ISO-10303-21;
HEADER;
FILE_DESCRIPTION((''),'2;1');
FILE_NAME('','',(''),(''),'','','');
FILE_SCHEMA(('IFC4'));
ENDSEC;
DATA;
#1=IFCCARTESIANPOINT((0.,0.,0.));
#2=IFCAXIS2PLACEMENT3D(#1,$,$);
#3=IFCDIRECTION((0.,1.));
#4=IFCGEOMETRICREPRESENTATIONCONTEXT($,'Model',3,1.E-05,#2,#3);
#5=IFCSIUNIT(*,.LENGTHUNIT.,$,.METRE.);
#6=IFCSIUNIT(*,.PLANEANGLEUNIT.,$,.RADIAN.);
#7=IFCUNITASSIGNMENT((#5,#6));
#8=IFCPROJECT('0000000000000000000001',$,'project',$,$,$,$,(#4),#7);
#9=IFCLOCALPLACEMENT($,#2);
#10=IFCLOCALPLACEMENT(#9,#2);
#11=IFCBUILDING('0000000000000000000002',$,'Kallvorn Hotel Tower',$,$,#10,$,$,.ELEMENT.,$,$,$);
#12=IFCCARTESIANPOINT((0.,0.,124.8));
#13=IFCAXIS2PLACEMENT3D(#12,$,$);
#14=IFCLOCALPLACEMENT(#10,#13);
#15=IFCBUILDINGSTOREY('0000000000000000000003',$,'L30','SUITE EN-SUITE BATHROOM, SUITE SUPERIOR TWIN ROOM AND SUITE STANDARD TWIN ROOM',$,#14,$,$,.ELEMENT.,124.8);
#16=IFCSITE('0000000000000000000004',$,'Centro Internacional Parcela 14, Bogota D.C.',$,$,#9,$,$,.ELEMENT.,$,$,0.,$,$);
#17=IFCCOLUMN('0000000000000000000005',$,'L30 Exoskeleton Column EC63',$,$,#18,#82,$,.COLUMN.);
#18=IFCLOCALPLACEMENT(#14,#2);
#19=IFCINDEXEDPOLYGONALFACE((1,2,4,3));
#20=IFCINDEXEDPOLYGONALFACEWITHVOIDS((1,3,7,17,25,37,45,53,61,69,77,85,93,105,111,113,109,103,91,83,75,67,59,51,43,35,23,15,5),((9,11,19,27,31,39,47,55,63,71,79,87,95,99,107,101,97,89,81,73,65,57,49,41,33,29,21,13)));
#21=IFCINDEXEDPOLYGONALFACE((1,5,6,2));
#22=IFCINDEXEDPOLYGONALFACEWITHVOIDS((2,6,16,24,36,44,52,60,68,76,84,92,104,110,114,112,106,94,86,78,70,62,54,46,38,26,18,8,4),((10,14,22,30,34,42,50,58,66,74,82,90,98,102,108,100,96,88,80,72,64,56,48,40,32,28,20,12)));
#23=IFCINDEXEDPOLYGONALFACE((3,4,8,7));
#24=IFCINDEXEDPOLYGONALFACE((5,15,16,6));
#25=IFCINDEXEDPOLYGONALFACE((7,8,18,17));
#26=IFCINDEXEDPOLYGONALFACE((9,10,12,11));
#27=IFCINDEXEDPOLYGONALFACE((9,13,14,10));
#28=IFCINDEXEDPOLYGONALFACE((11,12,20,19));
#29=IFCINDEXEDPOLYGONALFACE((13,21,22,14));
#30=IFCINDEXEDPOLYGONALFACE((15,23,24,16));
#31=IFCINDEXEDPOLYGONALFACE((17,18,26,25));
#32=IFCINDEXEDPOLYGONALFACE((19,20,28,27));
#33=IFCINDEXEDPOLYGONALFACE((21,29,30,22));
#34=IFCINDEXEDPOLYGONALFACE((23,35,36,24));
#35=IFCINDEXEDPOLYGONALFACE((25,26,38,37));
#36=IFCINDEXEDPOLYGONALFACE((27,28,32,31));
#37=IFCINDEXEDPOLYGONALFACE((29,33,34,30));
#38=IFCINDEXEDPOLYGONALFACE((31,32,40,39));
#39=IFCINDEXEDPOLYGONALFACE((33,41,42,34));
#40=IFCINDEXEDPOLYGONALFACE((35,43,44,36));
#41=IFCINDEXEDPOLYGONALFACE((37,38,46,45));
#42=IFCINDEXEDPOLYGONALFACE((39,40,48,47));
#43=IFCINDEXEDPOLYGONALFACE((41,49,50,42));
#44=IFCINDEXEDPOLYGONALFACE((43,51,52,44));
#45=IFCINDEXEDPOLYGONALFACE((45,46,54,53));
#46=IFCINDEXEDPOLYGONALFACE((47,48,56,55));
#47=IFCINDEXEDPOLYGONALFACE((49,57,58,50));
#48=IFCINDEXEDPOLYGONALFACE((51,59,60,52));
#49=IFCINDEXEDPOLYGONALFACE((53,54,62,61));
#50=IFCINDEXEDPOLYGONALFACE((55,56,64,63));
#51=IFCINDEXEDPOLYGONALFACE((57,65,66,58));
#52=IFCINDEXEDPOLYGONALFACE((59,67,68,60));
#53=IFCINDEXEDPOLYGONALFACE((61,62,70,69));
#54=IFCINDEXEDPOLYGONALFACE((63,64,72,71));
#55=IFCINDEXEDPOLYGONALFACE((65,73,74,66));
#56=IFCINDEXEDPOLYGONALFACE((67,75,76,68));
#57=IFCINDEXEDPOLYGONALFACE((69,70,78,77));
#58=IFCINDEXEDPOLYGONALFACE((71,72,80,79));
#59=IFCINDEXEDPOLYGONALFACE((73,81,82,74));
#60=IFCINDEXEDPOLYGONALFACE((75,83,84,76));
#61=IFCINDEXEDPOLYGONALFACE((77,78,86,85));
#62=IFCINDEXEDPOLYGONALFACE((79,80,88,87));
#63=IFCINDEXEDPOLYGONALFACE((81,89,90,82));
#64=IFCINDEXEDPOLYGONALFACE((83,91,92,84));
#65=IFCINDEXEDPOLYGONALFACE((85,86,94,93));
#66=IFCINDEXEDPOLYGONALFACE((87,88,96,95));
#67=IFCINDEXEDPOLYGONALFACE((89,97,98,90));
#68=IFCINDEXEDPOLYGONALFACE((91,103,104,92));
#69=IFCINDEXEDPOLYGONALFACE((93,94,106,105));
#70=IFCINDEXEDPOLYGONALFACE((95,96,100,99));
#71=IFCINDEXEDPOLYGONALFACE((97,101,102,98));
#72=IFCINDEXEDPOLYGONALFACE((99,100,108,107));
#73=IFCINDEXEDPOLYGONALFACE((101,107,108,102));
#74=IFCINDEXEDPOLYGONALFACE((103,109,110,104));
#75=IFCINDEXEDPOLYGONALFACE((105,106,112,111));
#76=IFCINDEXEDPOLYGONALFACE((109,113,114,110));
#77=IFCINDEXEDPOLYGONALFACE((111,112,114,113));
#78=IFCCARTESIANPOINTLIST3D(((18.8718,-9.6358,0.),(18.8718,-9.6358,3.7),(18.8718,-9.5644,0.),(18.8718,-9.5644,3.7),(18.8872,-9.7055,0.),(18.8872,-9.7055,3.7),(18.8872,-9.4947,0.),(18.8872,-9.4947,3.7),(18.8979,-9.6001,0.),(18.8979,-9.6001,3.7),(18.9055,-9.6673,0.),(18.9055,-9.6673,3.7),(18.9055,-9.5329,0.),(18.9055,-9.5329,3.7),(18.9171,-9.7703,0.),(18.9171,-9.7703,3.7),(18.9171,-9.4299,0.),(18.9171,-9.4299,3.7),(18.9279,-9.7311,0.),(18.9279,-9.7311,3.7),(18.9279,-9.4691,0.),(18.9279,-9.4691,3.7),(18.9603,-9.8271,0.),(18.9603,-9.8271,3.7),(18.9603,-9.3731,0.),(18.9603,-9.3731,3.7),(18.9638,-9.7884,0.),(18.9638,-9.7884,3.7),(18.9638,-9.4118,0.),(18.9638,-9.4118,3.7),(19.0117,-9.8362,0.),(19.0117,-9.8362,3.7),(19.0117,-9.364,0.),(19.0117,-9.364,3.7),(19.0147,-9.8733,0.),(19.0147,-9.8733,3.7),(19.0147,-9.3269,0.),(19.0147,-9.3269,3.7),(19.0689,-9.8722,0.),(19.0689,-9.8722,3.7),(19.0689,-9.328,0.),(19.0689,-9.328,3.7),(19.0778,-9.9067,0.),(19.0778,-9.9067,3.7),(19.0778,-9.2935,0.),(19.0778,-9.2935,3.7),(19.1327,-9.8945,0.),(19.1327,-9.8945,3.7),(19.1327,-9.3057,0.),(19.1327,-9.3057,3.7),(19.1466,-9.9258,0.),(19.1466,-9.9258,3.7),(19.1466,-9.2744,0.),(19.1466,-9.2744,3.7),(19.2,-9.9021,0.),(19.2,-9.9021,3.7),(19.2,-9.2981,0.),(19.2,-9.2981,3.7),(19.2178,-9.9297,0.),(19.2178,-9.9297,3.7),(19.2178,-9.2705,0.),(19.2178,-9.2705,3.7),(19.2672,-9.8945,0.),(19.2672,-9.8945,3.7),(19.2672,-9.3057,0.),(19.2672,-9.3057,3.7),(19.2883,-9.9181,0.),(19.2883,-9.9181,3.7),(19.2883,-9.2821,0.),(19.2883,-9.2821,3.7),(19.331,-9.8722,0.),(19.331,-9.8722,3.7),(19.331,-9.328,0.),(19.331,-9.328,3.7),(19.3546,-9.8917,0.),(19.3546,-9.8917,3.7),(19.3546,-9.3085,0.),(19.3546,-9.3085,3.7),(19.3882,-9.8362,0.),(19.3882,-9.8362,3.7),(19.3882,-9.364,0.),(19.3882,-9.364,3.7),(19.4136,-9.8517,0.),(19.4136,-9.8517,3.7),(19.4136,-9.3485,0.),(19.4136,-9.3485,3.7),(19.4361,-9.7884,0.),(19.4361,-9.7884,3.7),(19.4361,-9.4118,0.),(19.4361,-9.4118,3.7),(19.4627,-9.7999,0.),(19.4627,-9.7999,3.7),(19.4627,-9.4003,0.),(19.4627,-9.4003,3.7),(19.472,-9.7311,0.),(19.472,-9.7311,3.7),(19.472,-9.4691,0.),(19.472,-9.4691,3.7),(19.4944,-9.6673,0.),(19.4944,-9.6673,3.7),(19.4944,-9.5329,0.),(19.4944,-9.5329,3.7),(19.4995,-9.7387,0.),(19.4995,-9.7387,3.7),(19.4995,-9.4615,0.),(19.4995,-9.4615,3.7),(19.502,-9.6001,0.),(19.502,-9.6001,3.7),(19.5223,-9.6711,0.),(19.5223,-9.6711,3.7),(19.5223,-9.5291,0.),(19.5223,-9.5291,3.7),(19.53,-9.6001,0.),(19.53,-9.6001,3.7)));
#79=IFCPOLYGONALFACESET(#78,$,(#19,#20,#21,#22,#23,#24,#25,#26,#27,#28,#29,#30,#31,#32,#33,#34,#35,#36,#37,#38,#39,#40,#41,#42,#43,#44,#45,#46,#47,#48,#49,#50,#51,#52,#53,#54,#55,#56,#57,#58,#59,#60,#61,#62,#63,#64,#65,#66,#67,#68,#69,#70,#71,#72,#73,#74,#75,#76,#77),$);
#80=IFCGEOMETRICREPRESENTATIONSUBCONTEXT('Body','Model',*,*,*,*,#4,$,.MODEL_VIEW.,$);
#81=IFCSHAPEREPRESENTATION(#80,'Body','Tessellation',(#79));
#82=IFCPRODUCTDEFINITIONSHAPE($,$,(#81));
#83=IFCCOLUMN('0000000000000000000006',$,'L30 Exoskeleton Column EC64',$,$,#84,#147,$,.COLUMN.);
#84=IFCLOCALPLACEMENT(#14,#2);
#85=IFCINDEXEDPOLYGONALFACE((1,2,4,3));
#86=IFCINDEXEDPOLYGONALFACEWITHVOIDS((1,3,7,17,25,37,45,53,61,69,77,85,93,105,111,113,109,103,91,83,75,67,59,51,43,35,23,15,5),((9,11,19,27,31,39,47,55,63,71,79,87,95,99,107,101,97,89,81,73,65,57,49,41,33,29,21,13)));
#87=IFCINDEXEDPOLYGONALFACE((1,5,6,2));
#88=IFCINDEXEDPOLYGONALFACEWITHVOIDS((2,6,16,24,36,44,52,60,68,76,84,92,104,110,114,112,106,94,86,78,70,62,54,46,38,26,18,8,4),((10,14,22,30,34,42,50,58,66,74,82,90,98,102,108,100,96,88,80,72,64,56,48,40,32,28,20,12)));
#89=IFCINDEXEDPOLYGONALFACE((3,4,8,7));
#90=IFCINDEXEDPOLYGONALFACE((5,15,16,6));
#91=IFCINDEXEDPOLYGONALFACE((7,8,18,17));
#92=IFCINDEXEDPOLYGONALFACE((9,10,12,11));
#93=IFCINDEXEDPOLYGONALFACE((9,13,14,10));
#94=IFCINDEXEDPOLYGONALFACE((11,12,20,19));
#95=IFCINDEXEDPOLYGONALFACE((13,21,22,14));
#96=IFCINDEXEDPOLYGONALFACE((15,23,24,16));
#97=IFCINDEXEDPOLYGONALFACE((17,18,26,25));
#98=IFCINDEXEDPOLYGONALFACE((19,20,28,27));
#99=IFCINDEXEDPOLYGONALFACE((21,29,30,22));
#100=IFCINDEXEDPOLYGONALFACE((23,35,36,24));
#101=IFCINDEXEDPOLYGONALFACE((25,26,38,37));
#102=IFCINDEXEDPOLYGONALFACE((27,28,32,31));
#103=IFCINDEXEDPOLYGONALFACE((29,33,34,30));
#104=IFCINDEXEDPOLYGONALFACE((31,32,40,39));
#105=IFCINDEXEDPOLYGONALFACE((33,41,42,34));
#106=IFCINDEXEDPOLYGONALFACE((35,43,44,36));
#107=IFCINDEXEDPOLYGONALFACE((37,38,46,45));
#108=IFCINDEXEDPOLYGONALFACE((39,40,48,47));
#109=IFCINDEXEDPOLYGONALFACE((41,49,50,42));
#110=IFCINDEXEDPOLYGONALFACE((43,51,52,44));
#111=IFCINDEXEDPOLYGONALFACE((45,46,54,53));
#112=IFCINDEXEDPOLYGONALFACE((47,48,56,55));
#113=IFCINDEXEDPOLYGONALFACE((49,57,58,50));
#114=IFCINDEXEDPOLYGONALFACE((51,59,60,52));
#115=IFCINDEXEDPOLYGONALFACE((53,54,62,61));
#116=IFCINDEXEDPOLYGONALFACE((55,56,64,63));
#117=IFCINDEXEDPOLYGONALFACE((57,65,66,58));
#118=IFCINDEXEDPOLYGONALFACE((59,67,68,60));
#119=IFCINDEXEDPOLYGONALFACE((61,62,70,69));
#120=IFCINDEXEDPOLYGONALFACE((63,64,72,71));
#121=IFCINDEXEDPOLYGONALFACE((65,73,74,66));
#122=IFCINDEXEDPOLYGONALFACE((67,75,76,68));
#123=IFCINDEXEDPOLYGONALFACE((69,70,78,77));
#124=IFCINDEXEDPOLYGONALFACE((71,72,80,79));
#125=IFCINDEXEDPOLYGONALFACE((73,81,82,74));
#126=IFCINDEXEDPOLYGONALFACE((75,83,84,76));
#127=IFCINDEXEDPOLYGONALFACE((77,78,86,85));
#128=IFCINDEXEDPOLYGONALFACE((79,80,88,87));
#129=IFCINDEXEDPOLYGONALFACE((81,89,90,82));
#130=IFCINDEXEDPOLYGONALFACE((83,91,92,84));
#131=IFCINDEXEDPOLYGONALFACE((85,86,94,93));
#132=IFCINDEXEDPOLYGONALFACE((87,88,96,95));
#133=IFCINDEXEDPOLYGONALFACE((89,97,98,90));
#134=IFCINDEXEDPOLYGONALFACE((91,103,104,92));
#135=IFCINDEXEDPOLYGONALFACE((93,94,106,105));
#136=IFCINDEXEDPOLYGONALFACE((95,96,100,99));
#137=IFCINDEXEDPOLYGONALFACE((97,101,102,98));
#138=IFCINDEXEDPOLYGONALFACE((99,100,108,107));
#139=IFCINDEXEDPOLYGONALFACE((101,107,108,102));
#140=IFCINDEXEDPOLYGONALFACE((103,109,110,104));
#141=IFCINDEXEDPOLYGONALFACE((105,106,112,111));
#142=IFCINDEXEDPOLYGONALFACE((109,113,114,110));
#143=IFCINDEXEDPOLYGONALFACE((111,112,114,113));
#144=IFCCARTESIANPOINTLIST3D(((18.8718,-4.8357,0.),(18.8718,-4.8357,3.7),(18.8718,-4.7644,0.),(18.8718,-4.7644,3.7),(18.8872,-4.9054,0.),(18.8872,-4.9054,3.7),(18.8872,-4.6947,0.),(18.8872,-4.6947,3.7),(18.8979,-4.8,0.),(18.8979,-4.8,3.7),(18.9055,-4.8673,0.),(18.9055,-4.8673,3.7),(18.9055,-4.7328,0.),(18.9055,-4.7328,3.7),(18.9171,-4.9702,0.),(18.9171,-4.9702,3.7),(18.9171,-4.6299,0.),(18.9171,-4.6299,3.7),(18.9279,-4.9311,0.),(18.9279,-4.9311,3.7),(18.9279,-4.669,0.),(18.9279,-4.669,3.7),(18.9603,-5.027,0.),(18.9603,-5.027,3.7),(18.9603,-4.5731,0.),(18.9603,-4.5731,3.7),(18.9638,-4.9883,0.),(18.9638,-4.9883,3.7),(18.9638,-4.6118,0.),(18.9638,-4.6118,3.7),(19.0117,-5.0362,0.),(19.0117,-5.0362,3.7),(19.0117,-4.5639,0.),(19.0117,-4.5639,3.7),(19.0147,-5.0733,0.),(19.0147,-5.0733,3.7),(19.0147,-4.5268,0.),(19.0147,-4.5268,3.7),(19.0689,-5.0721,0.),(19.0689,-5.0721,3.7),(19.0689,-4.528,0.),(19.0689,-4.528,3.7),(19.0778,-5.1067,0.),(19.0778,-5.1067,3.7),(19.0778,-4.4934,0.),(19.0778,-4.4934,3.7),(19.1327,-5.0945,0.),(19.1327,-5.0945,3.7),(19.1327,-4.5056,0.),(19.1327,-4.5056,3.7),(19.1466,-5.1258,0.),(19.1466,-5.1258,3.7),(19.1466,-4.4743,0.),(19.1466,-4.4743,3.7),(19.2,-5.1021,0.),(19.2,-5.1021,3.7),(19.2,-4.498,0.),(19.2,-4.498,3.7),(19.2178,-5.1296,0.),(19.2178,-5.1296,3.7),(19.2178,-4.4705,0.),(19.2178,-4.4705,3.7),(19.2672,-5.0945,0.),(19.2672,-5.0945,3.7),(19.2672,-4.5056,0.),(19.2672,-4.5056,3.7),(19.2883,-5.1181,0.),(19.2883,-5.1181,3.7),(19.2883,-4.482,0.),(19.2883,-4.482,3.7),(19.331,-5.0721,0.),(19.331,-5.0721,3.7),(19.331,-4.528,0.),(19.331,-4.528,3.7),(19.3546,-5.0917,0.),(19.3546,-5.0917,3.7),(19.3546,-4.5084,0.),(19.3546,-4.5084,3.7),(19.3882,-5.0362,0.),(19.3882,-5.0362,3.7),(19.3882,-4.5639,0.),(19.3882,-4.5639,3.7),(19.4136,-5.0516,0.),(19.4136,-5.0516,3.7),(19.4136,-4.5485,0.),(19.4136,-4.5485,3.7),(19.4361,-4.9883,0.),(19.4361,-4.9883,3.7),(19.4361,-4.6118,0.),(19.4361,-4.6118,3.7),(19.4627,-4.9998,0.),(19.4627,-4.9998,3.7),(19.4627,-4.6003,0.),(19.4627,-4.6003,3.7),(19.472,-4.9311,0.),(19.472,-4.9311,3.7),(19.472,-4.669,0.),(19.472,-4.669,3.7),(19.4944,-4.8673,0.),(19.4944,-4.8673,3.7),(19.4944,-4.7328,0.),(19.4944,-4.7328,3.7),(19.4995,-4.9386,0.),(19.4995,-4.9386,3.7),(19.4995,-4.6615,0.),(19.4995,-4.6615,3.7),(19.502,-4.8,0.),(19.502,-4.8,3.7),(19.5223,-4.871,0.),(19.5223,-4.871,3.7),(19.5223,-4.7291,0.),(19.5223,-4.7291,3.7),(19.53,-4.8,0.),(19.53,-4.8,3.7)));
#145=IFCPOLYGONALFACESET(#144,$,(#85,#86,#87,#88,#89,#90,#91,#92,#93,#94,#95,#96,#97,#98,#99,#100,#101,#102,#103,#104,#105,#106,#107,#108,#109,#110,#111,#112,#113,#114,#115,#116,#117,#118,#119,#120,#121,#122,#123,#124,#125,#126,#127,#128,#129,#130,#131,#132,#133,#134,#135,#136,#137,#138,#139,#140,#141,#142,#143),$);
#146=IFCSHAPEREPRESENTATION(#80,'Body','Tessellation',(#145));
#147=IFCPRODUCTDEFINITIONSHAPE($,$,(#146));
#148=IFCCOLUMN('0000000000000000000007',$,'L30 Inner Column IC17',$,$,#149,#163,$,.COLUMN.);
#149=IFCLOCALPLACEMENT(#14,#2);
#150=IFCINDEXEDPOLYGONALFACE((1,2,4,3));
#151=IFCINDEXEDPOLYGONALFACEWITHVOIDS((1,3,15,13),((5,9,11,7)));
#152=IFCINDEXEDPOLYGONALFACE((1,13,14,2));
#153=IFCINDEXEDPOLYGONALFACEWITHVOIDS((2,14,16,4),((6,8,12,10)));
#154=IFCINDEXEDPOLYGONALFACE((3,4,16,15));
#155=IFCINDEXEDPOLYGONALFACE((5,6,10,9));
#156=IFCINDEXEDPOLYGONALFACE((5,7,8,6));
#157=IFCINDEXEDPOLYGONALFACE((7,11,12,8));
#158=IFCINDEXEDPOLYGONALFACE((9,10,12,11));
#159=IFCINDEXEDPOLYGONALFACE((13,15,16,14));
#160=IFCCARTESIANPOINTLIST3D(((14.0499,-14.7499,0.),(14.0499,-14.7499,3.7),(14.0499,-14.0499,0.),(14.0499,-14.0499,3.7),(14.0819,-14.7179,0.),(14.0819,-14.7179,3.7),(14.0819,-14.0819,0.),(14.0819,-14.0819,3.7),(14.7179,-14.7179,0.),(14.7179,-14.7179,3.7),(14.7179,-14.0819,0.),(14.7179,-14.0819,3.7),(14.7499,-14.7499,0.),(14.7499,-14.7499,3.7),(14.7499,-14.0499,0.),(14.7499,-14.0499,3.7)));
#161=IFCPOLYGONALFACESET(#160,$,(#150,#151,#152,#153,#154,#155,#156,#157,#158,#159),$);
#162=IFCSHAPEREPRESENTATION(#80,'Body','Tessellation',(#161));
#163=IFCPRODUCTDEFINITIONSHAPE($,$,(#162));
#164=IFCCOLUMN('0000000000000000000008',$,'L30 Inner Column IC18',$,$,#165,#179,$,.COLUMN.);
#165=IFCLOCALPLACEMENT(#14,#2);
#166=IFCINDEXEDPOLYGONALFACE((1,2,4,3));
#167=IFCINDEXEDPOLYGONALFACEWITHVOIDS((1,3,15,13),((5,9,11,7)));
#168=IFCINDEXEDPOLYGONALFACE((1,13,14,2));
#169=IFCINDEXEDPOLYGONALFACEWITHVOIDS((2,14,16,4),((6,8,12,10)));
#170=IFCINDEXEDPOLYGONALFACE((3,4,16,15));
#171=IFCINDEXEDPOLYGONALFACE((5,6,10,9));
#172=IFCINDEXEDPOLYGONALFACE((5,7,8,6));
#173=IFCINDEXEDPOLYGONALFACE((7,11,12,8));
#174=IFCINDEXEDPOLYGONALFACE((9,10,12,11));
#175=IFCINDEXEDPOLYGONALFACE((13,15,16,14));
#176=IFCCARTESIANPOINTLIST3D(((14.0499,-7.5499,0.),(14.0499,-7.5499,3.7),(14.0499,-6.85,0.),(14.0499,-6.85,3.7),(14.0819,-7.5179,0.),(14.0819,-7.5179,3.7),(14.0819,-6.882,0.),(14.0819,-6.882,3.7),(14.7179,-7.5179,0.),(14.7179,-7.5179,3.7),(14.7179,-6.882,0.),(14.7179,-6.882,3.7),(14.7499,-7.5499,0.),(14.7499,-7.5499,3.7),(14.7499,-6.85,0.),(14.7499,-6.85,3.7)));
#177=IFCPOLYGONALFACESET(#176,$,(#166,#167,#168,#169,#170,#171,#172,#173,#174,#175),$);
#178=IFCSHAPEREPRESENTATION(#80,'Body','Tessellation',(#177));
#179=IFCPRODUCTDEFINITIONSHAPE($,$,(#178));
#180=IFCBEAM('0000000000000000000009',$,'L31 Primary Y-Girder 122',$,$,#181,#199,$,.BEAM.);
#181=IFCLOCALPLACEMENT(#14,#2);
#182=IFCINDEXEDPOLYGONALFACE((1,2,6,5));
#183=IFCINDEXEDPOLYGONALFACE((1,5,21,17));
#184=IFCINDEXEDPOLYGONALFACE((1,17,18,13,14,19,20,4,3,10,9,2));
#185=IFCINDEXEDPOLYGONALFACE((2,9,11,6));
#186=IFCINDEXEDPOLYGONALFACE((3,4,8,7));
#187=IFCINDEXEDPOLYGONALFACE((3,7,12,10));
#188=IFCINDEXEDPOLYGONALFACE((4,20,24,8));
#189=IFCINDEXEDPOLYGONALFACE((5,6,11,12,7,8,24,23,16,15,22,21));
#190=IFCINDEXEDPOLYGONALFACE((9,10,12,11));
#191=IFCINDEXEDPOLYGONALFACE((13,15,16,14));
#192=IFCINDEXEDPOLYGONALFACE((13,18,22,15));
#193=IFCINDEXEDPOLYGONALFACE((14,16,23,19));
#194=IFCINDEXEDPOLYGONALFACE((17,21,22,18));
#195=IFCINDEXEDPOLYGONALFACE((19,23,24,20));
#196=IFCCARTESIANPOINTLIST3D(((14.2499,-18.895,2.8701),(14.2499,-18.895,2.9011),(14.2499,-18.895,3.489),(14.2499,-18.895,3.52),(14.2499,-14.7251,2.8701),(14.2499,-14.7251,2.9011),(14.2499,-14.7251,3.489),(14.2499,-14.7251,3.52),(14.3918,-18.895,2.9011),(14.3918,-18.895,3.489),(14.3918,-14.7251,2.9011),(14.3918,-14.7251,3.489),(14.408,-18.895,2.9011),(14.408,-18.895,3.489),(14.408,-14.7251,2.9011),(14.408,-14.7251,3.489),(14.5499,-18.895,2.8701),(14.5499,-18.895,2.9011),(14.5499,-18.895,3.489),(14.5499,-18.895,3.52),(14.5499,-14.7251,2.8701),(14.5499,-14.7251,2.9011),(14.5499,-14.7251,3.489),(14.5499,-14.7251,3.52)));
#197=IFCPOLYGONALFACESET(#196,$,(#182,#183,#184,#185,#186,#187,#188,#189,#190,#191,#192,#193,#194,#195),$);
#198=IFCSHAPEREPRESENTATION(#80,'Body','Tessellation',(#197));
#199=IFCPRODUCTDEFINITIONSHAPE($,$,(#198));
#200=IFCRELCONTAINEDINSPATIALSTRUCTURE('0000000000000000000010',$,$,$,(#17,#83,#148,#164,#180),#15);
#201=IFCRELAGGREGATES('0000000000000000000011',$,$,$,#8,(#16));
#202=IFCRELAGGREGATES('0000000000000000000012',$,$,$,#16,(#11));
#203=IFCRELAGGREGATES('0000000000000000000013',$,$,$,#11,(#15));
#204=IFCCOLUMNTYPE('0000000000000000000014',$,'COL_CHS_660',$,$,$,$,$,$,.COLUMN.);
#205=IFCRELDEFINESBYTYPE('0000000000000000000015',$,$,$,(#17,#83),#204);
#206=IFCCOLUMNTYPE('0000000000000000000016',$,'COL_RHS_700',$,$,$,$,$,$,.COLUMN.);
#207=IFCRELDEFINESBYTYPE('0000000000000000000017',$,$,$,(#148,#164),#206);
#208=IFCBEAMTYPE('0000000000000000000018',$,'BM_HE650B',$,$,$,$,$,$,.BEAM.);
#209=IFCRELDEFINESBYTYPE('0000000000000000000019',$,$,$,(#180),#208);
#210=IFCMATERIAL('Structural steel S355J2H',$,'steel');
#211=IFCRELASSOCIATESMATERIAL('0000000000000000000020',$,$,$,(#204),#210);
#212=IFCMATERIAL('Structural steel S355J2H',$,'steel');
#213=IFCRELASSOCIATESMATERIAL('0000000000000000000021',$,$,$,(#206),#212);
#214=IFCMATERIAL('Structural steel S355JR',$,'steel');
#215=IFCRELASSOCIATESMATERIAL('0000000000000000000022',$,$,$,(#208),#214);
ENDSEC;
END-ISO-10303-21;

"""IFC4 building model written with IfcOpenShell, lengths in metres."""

from ifc_helpers import new_model, si_unit, direction, frame, origin, origin_2d, place, context, subcontext, project, spatial, hollow_rectangle, hollow_circle, i_section, extrude, material, material_profile, profile_set, type_object, element, save


model = new_model("IFC4")

# Units and contexts
model_context = context("Model", 3, precision=1e-05, world=origin(), true_north=direction((0.0, 1.0)))
body_context = subcontext(model_context, "Body", "Model", "MODEL_VIEW")
ifc_project = project(units=[si_unit("LENGTHUNIT", "METRE"), si_unit("PLANEANGLEUNIT", "RADIAN")], contexts=[model_context])

# Site, building, storey
site_placement = place(None, origin())
site = spatial("IfcSite", under=ifc_project, at=site_placement, Name="Centro Internacional Parcela 14, Bogota D.C.", CompositionType="ELEMENT", RefElevation=0.0)
building_placement = place(site_placement, origin())
building = spatial("IfcBuilding", under=site, at=building_placement, Name="Kallvorn Hotel Tower", CompositionType="ELEMENT")
storey_placement = place(building_placement, frame((0.0, 0.0, 124.8)))
storey = spatial("IfcBuildingStorey", under=building, at=storey_placement, Name="L30", Description="SUITE EN-SUITE BATHROOM, SUITE SUPERIOR TWIN ROOM AND SUITE STANDARD TWIN ROOM", CompositionType="ELEMENT", Elevation=124.8)

# Columns
ifc_material_1 = material(Name="Structural steel S355J2H", Category="steel")
ifc_material_profile_1 = material_profile(ifc_material_1, hollow_circle(Radius=0.3301, WallThickness=0.0281, at=origin_2d()), Name="CHS 660x28")
ifc_profile_set_1 = profile_set([ifc_material_profile_1], Name="Structural steel S355J2H")
column_type_1 = type_object("IfcColumnType", Name="COL_CHS_660", PredefinedType="COLUMN", material=ifc_profile_set_1)
for number, where, z_axis, x_axis, name in (
    (1, (19.2, -9.6001, 0.0), (0.0, 0.0, 1.0), (1.0, 0.0, 0.0), "L30 Exoskeleton Column EC63"),
    (2, (19.2, -4.8, 0.0), (0.0, 0.0, 1.0), (1.0, 0.0, 0.0), "L30 Exoskeleton Column EC64"),
):
    element("IfcColumn", number, at=place(storey_placement, frame(where, z_axis=z_axis, x_axis=x_axis)), inside=storey, type_object=column_type_1, Name=name, PredefinedType="COLUMN", context=body_context, shape_type="SweptSolid", body=[
        extrude(hollow_circle(Radius=0.3301, WallThickness=0.0281, at=origin_2d()), origin(), (0.0, 0.0, 1.0), 3.7),
    ])
ifc_material_2 = material(Name="Structural steel S355J2H", Category="steel")
ifc_material_profile_2 = material_profile(ifc_material_2, hollow_rectangle(XDim=0.7, YDim=0.7, WallThickness=0.032, at=origin_2d()), Name="RHS 700x700x32")
ifc_profile_set_2 = profile_set([ifc_material_profile_2], Name="Structural steel S355J2H")
column_type_2 = type_object("IfcColumnType", Name="COL_RHS_700", PredefinedType="COLUMN", material=ifc_profile_set_2)
for number, where, z_axis, x_axis, name in (
    (3, (14.3999, -14.3999, 0.0), (0.0, 0.0, 1.0), (1.0, 0.0, 0.0), "L30 Inner Column IC17"),
    (4, (14.3999, -7.2, 0.0), (0.0, 0.0, 1.0), (1.0, 0.0, 0.0), "L30 Inner Column IC18"),
):
    element("IfcColumn", number, at=place(storey_placement, frame(where, z_axis=z_axis, x_axis=x_axis)), inside=storey, type_object=column_type_2, Name=name, PredefinedType="COLUMN", context=body_context, shape_type="SweptSolid", body=[
        extrude(hollow_rectangle(XDim=0.7, YDim=0.7, WallThickness=0.032, at=origin_2d()), origin(), (0.0, 0.0, 1.0), 3.7),
    ])

# Beam
ifc_material_3 = material(Name="Structural steel S355JR", Category="steel")
ifc_material_profile_3 = material_profile(ifc_material_3, i_section(OverallWidth=0.3, OverallDepth=0.6499, WebThickness=0.0161, FlangeThickness=0.031, at=origin_2d()), Name="HE 650 B")
ifc_profile_set_3 = profile_set([ifc_material_profile_3], Name="Structural steel S355JR")
beam_type_1 = type_object("IfcBeamType", Name="BM_HE650B", PredefinedType="BEAM", material=ifc_profile_set_3)
beam_1_placement = place(storey_placement, frame((14.3999, -18.895, 3.1951), z_axis=(0.0, 1.0, 0.0), x_axis=(-1.0, 0.0, 0.0)))
element("IfcBeam", 5, at=beam_1_placement, inside=storey, type_object=beam_type_1, Name="L31 Primary Y-Girder 122", PredefinedType="BEAM", context=body_context, shape_type="SweptSolid", body=[
    extrude(i_section(OverallWidth=0.3, OverallDepth=0.6499, WebThickness=0.0161, FlangeThickness=0.031, at=origin_2d()), origin(), (0.0, 0.0, 1.0), 4.1699),
])

save(model, "model.ifc")
